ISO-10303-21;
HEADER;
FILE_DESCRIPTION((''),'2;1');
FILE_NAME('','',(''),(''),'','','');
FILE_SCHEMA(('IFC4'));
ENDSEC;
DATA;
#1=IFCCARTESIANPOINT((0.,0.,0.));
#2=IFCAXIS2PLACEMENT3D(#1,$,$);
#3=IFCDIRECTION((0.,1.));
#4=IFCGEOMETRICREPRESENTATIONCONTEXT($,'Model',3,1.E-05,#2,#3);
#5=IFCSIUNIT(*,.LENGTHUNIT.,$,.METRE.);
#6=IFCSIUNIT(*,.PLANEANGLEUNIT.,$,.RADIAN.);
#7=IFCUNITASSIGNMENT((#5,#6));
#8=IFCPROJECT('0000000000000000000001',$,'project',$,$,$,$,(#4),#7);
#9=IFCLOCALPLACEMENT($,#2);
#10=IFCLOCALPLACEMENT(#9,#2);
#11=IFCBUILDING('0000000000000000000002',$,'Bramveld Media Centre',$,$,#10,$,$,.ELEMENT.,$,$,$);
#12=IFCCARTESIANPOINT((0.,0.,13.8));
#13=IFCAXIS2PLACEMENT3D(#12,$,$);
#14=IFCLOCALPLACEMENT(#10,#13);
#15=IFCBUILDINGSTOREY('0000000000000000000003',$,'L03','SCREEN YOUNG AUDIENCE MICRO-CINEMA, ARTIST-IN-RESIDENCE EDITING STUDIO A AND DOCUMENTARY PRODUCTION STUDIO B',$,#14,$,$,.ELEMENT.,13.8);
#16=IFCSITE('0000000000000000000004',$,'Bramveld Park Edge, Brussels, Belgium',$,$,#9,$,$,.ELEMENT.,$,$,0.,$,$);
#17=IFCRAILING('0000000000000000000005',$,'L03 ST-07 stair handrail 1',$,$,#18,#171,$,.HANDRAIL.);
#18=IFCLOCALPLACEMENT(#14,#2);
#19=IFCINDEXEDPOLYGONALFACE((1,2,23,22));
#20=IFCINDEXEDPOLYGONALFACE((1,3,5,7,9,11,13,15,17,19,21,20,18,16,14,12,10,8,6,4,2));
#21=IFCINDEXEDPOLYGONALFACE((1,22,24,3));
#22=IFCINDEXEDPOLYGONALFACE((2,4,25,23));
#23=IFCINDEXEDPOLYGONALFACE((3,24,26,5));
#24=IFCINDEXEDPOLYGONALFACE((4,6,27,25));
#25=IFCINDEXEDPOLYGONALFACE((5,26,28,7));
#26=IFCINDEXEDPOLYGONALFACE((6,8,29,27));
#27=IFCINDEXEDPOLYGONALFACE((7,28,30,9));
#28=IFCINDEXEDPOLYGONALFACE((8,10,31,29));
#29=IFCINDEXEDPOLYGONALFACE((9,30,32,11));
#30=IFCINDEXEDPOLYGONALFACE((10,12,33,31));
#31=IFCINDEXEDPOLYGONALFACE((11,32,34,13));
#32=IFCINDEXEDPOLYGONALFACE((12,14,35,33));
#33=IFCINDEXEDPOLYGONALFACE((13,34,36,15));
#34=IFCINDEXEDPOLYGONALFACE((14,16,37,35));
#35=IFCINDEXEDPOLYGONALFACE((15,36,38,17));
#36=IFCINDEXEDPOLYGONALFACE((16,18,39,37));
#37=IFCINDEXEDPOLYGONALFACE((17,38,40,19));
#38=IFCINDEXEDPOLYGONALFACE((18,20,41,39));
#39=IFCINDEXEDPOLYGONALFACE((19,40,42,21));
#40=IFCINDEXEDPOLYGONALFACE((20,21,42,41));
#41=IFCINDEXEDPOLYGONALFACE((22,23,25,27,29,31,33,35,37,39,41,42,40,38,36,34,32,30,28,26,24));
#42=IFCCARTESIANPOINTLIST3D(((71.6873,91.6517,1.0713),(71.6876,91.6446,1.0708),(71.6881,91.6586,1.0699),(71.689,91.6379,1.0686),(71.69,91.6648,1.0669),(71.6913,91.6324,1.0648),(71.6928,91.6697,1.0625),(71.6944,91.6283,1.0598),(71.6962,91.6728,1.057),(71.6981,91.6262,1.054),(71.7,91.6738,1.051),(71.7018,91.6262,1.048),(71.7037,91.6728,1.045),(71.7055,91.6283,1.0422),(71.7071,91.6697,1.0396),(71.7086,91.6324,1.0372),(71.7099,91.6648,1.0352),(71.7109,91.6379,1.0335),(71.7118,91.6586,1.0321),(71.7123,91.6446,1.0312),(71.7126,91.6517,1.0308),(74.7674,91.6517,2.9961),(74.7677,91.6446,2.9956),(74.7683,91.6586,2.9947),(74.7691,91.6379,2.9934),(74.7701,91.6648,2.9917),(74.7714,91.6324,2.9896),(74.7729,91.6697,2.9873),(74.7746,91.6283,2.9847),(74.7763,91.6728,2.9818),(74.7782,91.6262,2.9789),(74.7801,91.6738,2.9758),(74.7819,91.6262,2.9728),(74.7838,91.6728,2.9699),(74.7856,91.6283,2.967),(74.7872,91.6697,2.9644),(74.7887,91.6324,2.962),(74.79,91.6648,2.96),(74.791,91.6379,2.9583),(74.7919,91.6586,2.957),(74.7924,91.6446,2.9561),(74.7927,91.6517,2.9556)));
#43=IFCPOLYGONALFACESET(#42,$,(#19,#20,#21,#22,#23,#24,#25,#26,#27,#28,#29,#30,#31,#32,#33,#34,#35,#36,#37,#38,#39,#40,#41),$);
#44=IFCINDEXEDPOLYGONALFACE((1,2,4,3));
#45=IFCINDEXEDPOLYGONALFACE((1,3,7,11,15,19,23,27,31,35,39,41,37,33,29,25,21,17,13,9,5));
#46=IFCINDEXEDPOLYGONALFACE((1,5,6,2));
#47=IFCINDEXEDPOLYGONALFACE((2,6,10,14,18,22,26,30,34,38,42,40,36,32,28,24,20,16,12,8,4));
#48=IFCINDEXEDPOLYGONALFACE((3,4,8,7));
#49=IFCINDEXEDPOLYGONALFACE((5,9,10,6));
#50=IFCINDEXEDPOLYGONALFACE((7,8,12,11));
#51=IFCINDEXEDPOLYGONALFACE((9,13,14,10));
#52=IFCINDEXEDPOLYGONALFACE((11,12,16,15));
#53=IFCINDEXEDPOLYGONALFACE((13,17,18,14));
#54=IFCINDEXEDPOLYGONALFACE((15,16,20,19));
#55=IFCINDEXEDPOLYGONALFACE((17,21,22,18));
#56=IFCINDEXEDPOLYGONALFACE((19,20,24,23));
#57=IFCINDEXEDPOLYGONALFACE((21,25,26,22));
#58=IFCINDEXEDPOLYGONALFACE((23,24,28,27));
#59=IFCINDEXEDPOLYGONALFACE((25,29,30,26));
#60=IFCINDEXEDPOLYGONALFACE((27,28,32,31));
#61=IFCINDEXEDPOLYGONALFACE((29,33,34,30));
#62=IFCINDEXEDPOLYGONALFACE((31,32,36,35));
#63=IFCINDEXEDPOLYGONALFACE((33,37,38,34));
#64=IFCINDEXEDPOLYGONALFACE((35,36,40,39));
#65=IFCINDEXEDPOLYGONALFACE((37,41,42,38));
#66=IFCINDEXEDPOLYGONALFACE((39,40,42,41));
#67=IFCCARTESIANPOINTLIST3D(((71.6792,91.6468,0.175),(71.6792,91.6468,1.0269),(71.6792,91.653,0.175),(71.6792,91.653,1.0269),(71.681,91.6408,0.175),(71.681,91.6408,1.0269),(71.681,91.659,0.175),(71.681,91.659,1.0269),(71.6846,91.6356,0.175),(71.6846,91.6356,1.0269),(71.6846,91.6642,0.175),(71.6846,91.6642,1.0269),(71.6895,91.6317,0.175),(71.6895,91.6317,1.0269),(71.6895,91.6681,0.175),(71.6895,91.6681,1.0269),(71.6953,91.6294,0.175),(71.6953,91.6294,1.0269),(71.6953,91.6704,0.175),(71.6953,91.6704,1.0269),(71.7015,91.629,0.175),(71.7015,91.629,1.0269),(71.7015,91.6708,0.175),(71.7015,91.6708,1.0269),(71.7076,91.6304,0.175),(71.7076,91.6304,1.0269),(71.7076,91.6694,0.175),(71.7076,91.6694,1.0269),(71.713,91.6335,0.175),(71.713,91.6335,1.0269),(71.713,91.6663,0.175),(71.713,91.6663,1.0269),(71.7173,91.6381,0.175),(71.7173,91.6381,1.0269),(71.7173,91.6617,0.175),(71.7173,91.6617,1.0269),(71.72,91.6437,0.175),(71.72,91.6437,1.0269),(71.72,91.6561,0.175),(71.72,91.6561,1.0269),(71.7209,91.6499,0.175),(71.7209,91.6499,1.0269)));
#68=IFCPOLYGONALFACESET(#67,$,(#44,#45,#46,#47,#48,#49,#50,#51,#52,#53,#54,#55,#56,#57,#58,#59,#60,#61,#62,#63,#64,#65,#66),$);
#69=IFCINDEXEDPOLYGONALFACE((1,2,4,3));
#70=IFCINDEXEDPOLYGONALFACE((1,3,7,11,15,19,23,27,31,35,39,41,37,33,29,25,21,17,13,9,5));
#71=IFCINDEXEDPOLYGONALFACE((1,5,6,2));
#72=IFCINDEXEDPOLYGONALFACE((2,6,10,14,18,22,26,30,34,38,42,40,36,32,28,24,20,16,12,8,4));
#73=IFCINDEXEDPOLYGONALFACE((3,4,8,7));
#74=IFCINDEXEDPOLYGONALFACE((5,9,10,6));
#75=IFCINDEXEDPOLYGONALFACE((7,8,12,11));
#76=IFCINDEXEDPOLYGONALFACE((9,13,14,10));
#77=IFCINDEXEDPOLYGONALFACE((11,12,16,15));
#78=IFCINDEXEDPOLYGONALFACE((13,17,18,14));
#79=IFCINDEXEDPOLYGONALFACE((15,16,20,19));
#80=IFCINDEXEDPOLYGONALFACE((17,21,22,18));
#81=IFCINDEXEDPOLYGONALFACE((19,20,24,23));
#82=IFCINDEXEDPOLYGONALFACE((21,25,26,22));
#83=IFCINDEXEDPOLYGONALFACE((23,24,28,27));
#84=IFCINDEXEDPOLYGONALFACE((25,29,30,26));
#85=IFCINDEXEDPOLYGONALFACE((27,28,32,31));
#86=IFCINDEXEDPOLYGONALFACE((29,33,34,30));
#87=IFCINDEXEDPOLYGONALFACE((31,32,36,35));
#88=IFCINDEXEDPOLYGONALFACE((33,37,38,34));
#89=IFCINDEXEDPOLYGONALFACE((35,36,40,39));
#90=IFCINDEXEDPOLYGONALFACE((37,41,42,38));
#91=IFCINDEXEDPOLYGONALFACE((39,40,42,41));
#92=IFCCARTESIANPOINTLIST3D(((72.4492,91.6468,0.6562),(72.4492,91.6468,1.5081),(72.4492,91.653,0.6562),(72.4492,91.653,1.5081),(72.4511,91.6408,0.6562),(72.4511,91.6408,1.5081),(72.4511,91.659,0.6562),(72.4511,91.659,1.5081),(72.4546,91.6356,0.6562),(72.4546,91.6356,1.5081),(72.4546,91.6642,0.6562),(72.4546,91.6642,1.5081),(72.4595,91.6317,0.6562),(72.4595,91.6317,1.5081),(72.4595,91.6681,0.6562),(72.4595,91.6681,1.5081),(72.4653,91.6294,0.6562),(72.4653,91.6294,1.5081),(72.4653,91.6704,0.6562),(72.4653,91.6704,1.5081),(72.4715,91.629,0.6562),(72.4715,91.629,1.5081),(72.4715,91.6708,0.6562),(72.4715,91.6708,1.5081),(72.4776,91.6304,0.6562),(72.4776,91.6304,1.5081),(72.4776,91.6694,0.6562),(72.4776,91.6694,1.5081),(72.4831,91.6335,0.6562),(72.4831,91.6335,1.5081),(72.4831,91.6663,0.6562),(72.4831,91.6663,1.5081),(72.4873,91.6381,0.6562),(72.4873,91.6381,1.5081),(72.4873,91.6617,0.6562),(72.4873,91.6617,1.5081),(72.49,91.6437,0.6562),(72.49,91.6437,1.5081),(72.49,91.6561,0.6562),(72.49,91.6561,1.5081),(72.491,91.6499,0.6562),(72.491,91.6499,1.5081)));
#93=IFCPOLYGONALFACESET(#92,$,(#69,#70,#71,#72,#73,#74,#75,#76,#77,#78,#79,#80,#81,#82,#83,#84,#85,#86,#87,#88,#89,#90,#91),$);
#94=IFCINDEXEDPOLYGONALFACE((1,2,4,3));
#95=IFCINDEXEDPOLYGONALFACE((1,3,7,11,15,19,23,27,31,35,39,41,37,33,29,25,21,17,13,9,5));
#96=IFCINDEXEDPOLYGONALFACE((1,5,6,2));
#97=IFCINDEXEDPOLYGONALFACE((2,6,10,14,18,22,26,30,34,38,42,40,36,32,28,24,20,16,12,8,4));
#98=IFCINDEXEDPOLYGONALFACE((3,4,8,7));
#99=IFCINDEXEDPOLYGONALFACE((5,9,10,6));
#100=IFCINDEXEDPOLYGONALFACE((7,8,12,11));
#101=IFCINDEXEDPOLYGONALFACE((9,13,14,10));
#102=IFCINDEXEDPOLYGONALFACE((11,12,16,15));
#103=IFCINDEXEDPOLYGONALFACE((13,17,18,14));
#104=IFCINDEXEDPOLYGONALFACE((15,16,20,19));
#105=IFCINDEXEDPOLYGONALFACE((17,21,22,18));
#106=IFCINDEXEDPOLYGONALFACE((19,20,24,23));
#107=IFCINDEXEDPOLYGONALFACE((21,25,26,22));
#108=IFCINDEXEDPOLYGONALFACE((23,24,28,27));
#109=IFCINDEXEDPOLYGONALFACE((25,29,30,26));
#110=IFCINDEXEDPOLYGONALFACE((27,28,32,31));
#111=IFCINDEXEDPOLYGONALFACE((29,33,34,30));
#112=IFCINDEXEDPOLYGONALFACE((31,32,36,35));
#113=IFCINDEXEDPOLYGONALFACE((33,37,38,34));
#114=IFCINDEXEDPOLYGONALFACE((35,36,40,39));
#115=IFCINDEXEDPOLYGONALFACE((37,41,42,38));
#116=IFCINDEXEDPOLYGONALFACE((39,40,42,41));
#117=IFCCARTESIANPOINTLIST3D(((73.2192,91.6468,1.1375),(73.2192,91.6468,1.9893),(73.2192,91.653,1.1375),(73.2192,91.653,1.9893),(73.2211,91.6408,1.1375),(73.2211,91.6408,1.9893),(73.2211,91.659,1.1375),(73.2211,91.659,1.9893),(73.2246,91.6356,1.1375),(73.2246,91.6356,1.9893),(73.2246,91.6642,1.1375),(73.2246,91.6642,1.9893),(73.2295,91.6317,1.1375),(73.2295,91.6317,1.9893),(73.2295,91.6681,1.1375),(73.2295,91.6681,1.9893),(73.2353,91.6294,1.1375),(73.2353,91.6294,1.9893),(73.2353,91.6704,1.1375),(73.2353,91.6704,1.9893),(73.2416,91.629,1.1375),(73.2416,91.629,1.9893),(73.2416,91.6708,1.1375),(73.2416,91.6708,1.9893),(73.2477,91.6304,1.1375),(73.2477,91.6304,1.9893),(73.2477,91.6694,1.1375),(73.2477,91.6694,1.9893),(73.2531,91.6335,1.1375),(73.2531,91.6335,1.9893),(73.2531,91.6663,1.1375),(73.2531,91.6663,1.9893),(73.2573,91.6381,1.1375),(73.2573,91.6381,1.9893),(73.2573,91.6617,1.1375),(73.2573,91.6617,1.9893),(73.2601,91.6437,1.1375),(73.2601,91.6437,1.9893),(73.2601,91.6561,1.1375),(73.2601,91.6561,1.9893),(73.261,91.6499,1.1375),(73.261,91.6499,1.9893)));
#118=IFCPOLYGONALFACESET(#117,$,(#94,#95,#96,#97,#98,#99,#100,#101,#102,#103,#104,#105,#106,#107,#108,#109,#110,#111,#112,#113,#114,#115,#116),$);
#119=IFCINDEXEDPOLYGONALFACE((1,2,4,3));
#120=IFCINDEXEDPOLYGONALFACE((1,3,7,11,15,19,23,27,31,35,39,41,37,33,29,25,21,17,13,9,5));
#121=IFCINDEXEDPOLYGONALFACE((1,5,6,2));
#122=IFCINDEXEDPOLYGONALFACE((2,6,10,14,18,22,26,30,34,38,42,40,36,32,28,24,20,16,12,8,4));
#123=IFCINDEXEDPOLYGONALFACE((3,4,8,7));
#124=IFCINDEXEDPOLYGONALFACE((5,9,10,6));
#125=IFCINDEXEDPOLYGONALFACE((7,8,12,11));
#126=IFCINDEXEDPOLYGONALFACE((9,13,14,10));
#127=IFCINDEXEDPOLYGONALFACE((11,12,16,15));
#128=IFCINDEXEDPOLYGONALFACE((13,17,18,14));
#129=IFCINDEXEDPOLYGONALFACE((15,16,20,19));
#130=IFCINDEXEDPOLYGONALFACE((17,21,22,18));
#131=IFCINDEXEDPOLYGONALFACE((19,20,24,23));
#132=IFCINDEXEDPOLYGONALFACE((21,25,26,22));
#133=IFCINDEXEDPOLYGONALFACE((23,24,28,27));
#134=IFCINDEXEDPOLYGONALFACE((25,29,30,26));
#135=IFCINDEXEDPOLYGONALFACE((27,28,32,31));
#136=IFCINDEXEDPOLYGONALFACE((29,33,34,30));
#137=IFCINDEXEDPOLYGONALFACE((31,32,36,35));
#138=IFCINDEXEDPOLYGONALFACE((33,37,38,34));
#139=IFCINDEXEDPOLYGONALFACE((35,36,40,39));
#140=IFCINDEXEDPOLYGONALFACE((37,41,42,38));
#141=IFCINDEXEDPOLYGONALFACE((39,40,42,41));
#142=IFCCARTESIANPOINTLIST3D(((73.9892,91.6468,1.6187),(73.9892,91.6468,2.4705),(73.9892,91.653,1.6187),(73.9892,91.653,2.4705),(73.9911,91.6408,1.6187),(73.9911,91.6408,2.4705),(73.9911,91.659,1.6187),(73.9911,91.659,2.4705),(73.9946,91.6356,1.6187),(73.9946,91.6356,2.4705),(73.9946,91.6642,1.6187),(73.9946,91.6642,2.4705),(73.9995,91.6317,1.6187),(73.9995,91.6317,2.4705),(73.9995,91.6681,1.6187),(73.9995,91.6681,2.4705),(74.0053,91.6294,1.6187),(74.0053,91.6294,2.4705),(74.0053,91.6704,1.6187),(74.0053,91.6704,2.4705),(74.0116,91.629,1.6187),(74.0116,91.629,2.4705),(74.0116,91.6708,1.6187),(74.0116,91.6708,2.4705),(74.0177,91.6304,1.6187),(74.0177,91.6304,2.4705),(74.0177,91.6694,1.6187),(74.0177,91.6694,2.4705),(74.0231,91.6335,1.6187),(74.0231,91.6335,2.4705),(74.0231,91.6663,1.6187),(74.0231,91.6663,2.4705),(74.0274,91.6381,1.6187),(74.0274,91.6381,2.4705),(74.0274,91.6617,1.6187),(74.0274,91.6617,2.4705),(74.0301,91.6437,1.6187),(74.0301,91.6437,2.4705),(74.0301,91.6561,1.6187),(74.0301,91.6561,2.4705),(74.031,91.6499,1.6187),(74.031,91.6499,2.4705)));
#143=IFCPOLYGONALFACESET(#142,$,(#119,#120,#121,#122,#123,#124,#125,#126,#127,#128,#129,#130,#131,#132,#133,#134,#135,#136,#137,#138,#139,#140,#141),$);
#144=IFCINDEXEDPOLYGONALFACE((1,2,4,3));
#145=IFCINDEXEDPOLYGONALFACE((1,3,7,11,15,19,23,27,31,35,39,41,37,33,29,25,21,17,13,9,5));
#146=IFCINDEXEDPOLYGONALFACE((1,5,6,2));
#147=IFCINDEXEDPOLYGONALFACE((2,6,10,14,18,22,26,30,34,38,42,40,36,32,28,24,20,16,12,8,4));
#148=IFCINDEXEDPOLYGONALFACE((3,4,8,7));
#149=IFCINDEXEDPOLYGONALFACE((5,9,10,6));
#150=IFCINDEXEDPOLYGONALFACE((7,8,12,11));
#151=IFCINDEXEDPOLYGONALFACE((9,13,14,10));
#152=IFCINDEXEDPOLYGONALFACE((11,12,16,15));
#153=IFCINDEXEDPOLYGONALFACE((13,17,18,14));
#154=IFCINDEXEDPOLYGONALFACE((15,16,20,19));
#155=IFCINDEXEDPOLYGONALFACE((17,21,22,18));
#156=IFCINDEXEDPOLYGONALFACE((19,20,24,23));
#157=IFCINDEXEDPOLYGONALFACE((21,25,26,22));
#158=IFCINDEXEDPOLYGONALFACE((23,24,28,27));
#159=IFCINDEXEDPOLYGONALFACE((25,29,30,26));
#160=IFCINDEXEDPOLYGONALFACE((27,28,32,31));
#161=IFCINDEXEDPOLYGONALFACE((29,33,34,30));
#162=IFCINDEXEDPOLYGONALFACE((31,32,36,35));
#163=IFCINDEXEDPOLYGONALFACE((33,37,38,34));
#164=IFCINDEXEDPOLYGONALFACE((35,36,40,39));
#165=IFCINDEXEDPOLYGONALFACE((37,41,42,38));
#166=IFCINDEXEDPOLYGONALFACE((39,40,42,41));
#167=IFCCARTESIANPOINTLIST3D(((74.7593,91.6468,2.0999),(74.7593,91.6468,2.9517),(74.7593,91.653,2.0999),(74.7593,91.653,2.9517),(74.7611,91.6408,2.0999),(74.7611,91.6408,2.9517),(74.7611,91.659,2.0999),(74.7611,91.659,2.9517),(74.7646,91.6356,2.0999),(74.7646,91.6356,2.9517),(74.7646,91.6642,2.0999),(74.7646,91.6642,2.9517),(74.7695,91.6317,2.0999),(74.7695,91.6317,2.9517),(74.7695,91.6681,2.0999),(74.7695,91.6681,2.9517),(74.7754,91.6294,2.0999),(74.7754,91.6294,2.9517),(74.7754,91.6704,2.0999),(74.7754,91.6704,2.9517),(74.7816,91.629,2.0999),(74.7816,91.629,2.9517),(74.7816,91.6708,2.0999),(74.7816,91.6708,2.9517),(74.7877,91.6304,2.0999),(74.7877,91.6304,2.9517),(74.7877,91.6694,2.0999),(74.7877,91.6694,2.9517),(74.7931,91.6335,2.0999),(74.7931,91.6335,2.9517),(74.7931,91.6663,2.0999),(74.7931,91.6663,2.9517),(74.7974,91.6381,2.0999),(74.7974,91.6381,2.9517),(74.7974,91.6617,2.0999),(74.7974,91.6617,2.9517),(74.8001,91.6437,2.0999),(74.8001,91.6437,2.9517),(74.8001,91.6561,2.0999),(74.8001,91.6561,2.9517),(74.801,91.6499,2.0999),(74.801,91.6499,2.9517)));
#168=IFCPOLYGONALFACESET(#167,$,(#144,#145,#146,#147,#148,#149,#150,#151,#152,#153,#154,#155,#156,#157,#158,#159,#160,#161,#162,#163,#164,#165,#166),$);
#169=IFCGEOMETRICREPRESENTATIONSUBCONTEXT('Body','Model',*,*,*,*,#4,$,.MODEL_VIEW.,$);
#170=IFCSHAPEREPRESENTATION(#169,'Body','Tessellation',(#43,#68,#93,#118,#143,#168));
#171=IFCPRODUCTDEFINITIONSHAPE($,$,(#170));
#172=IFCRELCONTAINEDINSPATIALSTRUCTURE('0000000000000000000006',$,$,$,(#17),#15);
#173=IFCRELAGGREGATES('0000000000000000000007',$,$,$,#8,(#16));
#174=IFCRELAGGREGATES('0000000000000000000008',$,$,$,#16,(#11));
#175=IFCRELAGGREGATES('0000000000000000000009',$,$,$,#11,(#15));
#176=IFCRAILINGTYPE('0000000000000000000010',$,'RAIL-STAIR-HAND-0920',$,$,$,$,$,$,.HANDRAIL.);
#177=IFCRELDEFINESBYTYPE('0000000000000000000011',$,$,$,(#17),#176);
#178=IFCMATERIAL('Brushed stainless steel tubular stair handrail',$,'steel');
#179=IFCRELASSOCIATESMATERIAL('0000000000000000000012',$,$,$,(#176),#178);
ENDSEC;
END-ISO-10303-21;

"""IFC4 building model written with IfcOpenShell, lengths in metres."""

from ifc_helpers import new_model, si_unit, direction, frame, origin, origin_2d, place, context, subcontext, project, spatial, circle, extrude, material, type_object, element, save


model = new_model("IFC4")

# Units and contexts
model_context = context("Model", 3, precision=1e-05, world=origin(), true_north=direction((0.0, 1.0)))
body_context = subcontext(model_context, "Body", "Model", "MODEL_VIEW")
ifc_project = project(units=[si_unit("LENGTHUNIT", "METRE"), si_unit("PLANEANGLEUNIT", "RADIAN")], contexts=[model_context])

# Site, building, storey
site_placement = place(None, origin())
site = spatial("IfcSite", under=ifc_project, at=site_placement, Name="Bramveld Park Edge, Brussels, Belgium", CompositionType="ELEMENT", RefElevation=0.0)
building_placement = place(site_placement, origin())
building = spatial("IfcBuilding", under=site, at=building_placement, Name="Bramveld Media Centre", CompositionType="ELEMENT")
storey_placement = place(building_placement, frame((0.0, 0.0, 13.8)))
storey = spatial("IfcBuildingStorey", under=building, at=storey_placement, Name="L03", Description="SCREEN YOUNG AUDIENCE MICRO-CINEMA, ARTIST-IN-RESIDENCE EDITING STUDIO A AND DOCUMENTARY PRODUCTION STUDIO B", CompositionType="ELEMENT", Elevation=13.8)

# Railing
ifc_material_1 = material(Name="Brushed stainless steel tubular stair handrail", Category="steel")
railing_type_1 = type_object("IfcRailingType", Name="RAIL-STAIR-HAND-0920", PredefinedType="HANDRAIL", material=ifc_material_1)
railing_1_placement = place(storey_placement, frame((71.7, 91.6499, 0.175)))
element("IfcRailing", 1, at=railing_1_placement, inside=storey, type_object=railing_type_1, Name="L03 ST-07 stair handrail 1", PredefinedType="HANDRAIL", context=body_context, shape_type="SweptSolid", body=[
    extrude(circle(Radius=0.0239, at=origin_2d()), frame((0.0, 0.0, 0.876), z_axis=(0.848029, 0.0, 0.529951), x_axis=(0.0, 1.0, 0.0)), (0.0, 0.0, 1.0), 3.6321),
    extrude(circle(Radius=0.021, at=origin_2d()), origin(), (0.0, 0.0, 1.0), 0.8518),
    extrude(circle(Radius=0.021, at=origin_2d()), frame((0.77, 0.0, 0.4812)), (0.0, 0.0, 1.0), 0.8518),
    extrude(circle(Radius=0.021, at=origin_2d()), frame((1.54, 0.0, 0.9624)), (0.0, 0.0, 1.0), 0.8518),
    extrude(circle(Radius=0.021, at=origin_2d()), frame((2.3101, 0.0, 1.4436)), (0.0, 0.0, 1.0), 0.8518),
    extrude(circle(Radius=0.021, at=origin_2d()), frame((3.0801, 0.0, 1.9248)), (0.0, 0.0, 1.0), 0.8518),
])

save(model, "model.ifc")
